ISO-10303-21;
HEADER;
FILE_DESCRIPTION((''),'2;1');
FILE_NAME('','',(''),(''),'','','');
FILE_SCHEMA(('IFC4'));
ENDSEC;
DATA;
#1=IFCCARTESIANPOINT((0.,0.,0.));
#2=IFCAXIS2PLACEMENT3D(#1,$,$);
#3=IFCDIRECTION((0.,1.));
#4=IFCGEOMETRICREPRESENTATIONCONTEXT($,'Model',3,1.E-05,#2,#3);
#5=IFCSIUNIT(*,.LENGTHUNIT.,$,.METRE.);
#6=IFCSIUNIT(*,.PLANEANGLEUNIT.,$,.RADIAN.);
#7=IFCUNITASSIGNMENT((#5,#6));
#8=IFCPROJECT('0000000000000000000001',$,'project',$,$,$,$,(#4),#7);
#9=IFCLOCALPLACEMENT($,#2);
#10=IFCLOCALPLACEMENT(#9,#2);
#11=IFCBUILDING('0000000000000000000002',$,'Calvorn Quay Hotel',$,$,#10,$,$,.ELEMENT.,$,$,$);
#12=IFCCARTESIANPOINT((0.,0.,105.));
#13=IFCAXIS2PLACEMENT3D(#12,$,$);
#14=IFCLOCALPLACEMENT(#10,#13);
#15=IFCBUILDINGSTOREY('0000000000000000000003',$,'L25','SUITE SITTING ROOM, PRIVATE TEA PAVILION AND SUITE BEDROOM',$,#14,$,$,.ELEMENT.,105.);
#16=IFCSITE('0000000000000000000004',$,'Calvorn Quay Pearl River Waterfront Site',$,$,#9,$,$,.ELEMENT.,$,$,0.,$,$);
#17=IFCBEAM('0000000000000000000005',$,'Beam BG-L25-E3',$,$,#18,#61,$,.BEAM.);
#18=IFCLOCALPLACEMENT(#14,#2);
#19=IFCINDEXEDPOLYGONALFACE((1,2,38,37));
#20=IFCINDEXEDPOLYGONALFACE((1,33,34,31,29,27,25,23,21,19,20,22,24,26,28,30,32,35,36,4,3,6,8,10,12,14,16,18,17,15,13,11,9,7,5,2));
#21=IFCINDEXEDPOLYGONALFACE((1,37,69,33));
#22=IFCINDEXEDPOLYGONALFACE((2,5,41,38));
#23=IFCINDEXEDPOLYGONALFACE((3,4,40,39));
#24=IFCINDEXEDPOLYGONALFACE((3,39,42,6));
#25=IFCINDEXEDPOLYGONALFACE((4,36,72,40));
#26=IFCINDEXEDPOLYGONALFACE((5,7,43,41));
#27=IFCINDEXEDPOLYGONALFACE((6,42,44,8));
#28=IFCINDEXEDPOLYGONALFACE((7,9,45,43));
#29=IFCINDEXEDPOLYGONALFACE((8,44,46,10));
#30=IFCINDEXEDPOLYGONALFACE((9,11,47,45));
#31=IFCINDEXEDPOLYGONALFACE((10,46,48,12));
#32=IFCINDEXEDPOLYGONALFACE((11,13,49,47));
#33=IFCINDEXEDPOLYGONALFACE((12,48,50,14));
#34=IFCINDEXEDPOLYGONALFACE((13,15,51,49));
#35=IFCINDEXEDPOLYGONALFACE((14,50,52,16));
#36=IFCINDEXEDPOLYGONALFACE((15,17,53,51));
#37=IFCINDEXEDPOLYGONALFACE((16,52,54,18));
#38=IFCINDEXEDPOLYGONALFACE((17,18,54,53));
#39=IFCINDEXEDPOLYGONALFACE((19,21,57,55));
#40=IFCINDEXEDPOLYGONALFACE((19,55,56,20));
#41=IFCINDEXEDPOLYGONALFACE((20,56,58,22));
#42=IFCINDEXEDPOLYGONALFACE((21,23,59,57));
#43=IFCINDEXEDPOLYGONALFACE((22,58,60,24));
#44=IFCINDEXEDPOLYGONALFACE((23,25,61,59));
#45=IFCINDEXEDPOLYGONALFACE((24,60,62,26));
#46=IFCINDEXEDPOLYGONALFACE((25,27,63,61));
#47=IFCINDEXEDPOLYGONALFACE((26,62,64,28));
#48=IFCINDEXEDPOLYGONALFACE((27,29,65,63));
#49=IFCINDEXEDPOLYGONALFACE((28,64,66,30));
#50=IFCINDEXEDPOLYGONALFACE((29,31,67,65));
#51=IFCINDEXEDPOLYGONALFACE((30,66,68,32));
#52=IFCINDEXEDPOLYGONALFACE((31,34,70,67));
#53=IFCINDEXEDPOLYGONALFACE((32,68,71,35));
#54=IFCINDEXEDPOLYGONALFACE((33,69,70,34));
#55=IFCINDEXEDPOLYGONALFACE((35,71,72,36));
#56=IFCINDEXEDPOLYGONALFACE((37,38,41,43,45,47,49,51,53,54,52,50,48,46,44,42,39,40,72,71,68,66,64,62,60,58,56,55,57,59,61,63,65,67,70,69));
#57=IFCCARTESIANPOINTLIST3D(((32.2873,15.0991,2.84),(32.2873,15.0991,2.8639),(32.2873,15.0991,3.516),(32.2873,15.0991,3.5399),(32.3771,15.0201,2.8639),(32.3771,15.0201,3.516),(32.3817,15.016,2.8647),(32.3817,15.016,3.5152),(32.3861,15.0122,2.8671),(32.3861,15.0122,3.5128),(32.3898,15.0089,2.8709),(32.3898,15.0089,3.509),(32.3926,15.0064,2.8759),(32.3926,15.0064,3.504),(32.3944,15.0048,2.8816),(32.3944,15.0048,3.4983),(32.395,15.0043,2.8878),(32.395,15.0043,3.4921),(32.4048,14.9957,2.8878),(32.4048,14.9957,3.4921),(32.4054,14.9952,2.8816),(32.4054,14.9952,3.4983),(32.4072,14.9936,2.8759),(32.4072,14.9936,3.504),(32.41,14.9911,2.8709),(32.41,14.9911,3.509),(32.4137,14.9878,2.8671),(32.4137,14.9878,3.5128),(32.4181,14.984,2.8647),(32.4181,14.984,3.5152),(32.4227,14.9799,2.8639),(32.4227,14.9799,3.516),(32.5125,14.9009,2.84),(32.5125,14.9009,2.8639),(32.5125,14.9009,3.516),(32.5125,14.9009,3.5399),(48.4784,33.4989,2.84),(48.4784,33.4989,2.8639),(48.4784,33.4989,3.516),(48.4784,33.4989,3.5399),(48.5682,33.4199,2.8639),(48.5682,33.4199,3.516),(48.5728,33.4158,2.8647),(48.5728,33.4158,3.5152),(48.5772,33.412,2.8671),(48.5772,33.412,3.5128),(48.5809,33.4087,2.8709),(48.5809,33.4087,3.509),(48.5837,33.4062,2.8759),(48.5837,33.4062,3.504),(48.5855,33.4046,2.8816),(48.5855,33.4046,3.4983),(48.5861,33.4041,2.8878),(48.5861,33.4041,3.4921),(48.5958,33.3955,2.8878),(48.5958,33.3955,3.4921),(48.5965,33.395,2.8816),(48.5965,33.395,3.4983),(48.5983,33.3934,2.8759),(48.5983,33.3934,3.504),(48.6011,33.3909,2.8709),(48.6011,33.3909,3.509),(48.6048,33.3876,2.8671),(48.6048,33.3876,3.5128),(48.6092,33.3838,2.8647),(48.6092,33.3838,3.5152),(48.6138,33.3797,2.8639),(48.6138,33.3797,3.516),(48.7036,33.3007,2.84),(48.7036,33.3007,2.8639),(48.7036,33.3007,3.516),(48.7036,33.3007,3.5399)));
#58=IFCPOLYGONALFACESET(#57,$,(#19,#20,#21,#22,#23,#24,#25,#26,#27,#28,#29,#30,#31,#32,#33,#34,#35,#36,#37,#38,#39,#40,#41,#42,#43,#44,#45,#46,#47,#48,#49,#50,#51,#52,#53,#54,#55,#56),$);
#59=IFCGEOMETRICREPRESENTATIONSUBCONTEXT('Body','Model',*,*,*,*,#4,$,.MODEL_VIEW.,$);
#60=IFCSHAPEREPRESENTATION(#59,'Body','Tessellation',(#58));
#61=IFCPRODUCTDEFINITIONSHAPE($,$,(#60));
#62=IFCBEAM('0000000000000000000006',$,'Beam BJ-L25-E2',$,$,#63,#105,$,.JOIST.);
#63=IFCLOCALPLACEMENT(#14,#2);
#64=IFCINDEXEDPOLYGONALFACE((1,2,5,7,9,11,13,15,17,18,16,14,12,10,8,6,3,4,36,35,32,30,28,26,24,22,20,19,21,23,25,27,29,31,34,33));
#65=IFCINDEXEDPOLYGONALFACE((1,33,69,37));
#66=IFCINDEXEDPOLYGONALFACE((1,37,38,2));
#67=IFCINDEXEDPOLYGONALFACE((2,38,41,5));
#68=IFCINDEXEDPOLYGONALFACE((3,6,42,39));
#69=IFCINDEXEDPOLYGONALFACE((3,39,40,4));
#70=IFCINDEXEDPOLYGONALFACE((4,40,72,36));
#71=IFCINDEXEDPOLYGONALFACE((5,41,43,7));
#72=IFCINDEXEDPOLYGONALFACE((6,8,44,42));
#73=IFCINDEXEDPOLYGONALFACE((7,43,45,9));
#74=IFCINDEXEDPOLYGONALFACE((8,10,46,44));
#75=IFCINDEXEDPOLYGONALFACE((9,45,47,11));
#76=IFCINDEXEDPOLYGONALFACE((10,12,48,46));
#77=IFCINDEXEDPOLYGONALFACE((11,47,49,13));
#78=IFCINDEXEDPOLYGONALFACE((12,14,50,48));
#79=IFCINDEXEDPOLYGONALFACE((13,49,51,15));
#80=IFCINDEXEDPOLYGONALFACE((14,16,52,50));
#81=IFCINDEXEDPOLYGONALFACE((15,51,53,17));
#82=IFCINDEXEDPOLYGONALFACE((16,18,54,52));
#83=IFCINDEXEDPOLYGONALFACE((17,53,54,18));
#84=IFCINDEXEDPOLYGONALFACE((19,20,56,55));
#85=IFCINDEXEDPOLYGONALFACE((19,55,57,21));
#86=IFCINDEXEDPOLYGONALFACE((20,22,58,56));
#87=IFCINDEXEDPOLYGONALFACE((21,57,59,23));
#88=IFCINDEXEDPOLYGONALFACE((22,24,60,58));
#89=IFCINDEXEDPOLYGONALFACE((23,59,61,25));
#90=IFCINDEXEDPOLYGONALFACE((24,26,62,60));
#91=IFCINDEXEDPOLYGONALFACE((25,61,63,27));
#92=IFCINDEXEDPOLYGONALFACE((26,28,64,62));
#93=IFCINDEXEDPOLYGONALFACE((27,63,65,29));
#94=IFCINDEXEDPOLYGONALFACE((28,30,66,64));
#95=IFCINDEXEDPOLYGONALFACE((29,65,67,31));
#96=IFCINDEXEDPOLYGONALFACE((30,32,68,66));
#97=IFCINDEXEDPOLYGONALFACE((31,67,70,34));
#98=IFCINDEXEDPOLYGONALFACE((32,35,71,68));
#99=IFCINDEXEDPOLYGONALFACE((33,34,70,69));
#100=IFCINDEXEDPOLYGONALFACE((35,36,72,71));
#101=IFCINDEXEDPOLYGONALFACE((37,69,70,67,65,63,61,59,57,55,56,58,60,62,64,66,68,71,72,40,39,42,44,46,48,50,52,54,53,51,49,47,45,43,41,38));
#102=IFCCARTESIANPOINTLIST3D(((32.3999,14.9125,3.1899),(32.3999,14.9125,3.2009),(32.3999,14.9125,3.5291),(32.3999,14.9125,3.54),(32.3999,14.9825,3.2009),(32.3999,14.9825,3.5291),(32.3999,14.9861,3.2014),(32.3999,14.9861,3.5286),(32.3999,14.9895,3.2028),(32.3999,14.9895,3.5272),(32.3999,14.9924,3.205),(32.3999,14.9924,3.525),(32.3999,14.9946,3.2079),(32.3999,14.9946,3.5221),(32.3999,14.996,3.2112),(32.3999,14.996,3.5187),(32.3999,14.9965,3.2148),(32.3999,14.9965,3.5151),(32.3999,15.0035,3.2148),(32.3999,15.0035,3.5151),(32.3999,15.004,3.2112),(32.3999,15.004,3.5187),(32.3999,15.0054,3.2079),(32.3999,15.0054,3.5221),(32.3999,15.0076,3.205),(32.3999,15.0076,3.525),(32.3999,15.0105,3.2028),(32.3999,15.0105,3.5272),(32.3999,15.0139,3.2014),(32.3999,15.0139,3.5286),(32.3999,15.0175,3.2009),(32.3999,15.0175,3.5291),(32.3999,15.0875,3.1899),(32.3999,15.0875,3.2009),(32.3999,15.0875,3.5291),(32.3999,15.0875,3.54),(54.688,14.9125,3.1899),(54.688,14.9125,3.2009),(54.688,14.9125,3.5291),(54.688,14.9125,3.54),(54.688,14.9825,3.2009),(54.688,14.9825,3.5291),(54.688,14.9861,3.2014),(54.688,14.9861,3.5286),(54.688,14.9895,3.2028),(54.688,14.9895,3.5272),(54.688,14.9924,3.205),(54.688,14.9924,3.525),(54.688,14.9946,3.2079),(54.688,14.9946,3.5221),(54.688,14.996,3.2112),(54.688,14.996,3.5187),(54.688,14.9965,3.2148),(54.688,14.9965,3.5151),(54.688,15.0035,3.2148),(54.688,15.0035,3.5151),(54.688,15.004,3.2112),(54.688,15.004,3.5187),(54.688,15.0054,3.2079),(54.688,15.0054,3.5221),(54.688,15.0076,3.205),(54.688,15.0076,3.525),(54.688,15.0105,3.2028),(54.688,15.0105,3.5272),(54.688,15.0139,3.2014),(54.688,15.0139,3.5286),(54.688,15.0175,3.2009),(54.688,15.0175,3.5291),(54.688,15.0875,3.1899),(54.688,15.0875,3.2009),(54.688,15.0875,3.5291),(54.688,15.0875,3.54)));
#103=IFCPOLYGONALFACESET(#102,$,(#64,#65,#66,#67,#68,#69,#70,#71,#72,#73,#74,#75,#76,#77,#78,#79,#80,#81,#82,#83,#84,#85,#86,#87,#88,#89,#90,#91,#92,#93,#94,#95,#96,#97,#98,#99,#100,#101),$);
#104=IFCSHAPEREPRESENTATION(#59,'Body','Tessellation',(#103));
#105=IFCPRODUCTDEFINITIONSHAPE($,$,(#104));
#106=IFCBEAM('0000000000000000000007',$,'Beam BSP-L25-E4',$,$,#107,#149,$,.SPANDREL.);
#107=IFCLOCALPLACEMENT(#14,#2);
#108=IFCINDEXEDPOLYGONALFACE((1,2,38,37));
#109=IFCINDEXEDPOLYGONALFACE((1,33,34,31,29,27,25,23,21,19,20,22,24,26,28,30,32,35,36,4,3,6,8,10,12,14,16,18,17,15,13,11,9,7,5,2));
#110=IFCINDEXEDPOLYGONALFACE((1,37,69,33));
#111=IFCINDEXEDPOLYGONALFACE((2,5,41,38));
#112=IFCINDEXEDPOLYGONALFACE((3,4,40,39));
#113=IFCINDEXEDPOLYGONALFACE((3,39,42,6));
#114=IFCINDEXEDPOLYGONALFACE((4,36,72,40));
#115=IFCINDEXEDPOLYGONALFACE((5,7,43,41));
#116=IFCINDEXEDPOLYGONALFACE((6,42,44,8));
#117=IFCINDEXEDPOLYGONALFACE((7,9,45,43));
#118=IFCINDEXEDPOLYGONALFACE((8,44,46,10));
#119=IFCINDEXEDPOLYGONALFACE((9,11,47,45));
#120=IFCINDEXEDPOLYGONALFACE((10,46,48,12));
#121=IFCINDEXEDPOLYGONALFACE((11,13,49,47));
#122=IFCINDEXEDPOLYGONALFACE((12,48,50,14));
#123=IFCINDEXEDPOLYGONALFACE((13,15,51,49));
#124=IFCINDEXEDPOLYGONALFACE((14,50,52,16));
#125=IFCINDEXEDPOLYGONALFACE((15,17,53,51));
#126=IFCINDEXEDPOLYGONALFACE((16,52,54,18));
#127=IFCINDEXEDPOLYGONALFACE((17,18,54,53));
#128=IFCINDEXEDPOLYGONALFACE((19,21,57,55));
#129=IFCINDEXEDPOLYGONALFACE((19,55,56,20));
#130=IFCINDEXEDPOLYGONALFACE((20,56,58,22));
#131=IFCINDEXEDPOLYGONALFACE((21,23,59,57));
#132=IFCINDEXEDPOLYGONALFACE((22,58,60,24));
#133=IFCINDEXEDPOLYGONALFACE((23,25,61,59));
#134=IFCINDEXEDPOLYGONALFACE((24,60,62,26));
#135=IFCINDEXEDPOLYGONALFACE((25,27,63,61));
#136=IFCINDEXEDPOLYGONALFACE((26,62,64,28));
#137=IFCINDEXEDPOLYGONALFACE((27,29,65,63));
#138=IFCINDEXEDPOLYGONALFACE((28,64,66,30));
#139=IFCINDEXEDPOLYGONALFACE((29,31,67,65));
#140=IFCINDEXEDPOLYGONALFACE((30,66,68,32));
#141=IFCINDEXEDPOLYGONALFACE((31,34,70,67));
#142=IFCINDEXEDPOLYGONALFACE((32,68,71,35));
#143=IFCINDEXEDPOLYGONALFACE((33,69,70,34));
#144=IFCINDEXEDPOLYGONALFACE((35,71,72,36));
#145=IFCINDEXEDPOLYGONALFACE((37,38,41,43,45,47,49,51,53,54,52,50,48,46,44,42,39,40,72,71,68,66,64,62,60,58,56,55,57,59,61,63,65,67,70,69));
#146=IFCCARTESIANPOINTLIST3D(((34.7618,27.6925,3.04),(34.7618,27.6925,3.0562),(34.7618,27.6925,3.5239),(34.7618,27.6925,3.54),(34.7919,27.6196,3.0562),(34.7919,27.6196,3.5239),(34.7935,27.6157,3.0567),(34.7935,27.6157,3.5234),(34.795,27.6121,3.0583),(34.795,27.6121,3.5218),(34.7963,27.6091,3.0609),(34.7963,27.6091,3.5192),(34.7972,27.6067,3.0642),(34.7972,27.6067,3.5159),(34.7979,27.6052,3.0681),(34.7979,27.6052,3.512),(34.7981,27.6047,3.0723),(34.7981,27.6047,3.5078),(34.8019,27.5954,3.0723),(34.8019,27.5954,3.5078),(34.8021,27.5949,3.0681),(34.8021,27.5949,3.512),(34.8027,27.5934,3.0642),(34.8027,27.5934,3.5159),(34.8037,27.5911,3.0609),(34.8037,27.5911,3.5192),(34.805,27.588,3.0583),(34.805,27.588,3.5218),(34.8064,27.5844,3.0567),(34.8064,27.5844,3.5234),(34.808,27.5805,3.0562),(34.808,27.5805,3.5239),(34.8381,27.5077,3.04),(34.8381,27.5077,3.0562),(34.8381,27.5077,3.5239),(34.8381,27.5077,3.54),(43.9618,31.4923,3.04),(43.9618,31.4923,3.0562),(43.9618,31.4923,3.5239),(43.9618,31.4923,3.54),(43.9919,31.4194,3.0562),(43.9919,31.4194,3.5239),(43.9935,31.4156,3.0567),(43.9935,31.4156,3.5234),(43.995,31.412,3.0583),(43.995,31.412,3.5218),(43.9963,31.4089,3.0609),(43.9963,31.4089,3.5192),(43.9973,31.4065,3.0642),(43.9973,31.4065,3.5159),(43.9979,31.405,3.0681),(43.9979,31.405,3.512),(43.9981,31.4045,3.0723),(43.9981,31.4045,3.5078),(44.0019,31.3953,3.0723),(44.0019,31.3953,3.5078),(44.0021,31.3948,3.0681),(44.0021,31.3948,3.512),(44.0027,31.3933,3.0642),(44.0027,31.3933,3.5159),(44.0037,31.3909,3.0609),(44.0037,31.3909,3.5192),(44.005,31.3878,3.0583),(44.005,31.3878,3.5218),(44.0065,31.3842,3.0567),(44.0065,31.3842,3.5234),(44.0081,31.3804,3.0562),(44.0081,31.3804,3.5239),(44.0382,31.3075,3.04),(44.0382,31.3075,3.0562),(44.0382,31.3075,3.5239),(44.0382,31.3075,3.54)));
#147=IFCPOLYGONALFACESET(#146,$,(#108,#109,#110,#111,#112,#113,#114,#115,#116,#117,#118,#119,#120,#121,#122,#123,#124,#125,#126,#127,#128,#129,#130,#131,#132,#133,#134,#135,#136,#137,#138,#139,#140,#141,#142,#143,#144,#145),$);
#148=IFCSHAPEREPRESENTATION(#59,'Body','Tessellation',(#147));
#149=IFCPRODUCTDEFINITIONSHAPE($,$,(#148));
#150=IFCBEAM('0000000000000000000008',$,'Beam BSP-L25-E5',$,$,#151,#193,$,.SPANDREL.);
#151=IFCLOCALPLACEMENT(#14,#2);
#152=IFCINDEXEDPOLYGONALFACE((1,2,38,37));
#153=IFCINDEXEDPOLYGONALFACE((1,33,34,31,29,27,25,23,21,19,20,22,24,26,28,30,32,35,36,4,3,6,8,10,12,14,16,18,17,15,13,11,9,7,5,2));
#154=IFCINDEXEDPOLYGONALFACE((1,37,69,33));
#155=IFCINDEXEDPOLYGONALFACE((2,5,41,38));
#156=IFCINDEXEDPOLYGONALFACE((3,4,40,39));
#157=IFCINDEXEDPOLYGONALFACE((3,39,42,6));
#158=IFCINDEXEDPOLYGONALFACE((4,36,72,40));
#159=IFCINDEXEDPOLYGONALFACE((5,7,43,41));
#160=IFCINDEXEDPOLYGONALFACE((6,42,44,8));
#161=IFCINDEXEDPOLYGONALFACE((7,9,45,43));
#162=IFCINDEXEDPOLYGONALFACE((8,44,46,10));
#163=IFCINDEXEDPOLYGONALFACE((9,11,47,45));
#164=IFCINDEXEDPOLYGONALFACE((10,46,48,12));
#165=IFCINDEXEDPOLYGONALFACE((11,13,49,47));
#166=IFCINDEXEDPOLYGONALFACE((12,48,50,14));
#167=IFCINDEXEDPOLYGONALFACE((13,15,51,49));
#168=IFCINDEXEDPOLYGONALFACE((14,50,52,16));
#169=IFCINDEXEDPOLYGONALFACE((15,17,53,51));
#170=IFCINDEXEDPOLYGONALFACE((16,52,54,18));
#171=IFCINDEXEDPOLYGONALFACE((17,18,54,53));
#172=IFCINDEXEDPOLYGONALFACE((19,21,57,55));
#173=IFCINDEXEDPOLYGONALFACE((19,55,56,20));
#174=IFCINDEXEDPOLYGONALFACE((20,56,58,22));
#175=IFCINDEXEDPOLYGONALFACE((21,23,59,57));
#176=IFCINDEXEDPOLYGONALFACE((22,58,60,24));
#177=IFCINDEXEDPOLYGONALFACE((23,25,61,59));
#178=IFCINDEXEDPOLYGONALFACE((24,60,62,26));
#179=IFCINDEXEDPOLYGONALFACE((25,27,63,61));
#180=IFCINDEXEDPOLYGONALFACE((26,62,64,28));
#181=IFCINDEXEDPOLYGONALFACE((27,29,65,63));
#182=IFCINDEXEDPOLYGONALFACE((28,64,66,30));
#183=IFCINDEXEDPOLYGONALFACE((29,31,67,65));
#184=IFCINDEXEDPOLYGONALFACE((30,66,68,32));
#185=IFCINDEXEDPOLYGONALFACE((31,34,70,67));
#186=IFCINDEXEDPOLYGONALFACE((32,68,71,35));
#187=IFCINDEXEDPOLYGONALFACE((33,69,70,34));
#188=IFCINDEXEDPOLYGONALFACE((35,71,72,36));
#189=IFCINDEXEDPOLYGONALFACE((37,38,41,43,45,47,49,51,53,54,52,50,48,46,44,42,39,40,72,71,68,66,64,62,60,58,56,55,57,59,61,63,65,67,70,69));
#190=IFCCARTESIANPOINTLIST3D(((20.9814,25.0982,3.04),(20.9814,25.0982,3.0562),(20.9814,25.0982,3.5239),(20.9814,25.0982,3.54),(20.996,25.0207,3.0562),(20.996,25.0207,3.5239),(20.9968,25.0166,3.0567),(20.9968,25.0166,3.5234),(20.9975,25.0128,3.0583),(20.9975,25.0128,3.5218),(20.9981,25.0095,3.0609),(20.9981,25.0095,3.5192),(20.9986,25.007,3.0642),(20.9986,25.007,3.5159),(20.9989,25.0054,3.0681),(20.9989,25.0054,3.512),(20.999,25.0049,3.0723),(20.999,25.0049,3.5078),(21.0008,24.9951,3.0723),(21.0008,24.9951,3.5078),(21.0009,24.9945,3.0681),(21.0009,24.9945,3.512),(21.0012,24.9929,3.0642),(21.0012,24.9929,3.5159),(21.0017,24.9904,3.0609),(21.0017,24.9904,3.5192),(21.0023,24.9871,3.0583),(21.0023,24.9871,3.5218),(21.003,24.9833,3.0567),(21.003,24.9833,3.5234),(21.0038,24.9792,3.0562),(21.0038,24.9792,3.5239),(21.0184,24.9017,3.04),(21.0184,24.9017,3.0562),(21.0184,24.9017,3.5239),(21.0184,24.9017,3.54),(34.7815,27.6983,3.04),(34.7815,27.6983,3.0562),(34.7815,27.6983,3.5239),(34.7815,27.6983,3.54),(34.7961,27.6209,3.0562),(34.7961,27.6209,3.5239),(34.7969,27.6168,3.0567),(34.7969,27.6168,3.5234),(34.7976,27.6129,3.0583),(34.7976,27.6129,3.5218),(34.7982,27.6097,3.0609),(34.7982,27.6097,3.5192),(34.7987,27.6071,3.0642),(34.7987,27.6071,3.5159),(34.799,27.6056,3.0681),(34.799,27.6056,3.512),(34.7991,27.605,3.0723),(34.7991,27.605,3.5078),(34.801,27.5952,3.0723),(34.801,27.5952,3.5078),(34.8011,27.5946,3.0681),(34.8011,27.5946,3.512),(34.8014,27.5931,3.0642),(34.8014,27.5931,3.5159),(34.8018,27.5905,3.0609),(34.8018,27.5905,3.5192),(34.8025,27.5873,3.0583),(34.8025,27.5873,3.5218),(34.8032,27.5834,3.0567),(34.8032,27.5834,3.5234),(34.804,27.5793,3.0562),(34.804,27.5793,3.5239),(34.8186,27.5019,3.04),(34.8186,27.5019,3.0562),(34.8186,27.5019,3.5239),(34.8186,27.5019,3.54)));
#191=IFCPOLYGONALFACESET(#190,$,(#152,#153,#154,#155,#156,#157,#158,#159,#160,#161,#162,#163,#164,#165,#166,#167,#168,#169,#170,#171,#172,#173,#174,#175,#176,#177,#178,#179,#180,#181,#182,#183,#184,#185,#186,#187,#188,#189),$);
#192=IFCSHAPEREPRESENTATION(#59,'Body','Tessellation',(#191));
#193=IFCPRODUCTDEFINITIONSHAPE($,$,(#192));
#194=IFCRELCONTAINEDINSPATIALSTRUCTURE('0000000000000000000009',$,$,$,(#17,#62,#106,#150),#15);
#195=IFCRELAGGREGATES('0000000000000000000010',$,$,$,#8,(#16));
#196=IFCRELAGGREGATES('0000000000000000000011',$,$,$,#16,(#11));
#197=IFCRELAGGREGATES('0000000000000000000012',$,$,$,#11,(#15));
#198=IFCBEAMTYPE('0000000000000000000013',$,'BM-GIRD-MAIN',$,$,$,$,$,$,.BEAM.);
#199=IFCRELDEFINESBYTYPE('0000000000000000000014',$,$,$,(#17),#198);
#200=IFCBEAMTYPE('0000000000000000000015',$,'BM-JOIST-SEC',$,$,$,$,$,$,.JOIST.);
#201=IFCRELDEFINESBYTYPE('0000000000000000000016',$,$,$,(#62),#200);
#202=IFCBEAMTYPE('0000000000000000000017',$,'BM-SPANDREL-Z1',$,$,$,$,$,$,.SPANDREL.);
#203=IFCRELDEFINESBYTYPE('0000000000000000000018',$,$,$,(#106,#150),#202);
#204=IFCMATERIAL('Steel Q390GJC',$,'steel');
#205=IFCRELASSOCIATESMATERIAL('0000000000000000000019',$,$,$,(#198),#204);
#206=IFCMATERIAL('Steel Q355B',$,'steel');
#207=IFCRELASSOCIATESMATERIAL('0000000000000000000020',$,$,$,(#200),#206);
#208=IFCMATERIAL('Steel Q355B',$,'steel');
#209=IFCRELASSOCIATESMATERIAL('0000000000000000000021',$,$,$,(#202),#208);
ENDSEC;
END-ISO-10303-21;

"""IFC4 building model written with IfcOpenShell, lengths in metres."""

from ifc_helpers import new_model, si_unit, direction, frame, origin, origin_2d, place, context, subcontext, project, spatial, i_section, extrude, material, material_profile, profile_set, type_object, element, save


model = new_model("IFC4")

# Units and contexts
model_context = context("Model", 3, precision=1e-05, world=origin(), true_north=direction((0.0, 1.0)))
body_context = subcontext(model_context, "Body", "Model", "MODEL_VIEW")
ifc_project = project(units=[si_unit("LENGTHUNIT", "METRE"), si_unit("PLANEANGLEUNIT", "RADIAN")], contexts=[model_context])

# Site, building, storey
site_placement = place(None, origin())
site = spatial("IfcSite", under=ifc_project, at=site_placement, Name="Calvorn Quay Pearl River Waterfront Site", CompositionType="ELEMENT", RefElevation=0.0)
building_placement = place(site_placement, origin())
building = spatial("IfcBuilding", under=site, at=building_placement, Name="Calvorn Quay Hotel", CompositionType="ELEMENT")
storey_placement = place(building_placement, frame((0.0, 0.0, 105.0)))
storey = spatial("IfcBuildingStorey", under=building, at=storey_placement, Name="L25", Description="SUITE SITTING ROOM, PRIVATE TEA PAVILION AND SUITE BEDROOM", CompositionType="ELEMENT", Elevation=105.0)

# Beams
ifc_material_1 = material(Name="Steel Q390GJC", Category="steel")
ifc_material_profile_1 = material_profile(ifc_material_1, i_section(OverallWidth=0.3, OverallDepth=0.7, WebThickness=0.0129, FlangeThickness=0.0239, FilletRadius=0.0239, at=origin_2d()), Name="HN700x300x13x24")
ifc_profile_set_1 = profile_set([ifc_material_profile_1], Name="Steel Q390GJC")
beam_type_1 = type_object("IfcBeamType", Name="BM-GIRD-MAIN", PredefinedType="BEAM", material=ifc_profile_set_1)
beam_1_placement = place(storey_placement, frame((32.3999, 15.0, 3.1899), z_axis=(0.660611, 0.750729, 0.0), x_axis=(-0.750729, 0.660611, 0.0)))
element("IfcBeam", 1, at=beam_1_placement, inside=storey, type_object=beam_type_1, Name="Beam BG-L25-E3", PredefinedType="BEAM", context=body_context, shape_type="SweptSolid", body=[
    extrude(i_section(OverallWidth=0.3, OverallDepth=0.7, WebThickness=0.0129, FlangeThickness=0.0239, FilletRadius=0.0239, at=origin_2d()), origin(), (0.0, 0.0, 1.0), 24.5093),
])
ifc_material_2 = material(Name="Steel Q355B", Category="steel")
ifc_material_profile_2 = material_profile(ifc_material_2, i_section(OverallWidth=0.175, OverallDepth=0.3501, WebThickness=0.0071, FlangeThickness=0.011, FilletRadius=0.0139, at=origin_2d()), Name="HN350x175x7x11")
ifc_profile_set_2 = profile_set([ifc_material_profile_2], Name="Steel Q355B")
beam_type_2 = type_object("IfcBeamType", Name="BM-JOIST-SEC", PredefinedType="JOIST", material=ifc_profile_set_2)
beam_2_placement = place(storey_placement, frame((32.3999, 15.0, 3.365), z_axis=(1.0, 0.0, 0.0), x_axis=(0.0, 1.0, 0.0)))
element("IfcBeam", 2, at=beam_2_placement, inside=storey, type_object=beam_type_2, Name="Beam BJ-L25-E2", PredefinedType="JOIST", context=body_context, shape_type="SweptSolid", body=[
    extrude(i_section(OverallWidth=0.175, OverallDepth=0.3501, WebThickness=0.0071, FlangeThickness=0.011, FilletRadius=0.0139, at=origin_2d()), origin(), (0.0, 0.0, 1.0), 22.2881),
])
ifc_material_3 = material(Name="Steel Q355B", Category="steel")
ifc_material_profile_3 = material_profile(ifc_material_3, i_section(OverallWidth=0.2, OverallDepth=0.5, WebThickness=0.01, FlangeThickness=0.0161, FilletRadius=0.0161, at=origin_2d()), Name="HN500x200x10x16")
ifc_profile_set_3 = profile_set([ifc_material_profile_3], Name="Steel Q355B")
beam_type_3 = type_object("IfcBeamType", Name="BM-SPANDREL-Z1", PredefinedType="SPANDREL", material=ifc_profile_set_3)
beam_3_placement = place(storey_placement, frame((44.0, 31.3999, 3.29), z_axis=(-0.924268, -0.381745, 0.0), x_axis=(0.381745, -0.924268, 0.0)))
element("IfcBeam", 3, at=beam_3_placement, inside=storey, type_object=beam_type_3, Name="Beam BSP-L25-E4", PredefinedType="SPANDREL", context=body_context, shape_type="SweptSolid", body=[
    extrude(i_section(OverallWidth=0.2, OverallDepth=0.5, WebThickness=0.01, FlangeThickness=0.0161, FilletRadius=0.0161, at=origin_2d()), origin(), (0.0, 0.0, 1.0), 9.9539),
])
beam_4_placement = place(storey_placement, frame((34.8, 27.6001, 3.29), z_axis=(-0.982709, -0.185154, 0.0), x_axis=(0.185154, -0.982709, 0.0)))
element("IfcBeam", 4, at=beam_4_placement, inside=storey, type_object=beam_type_3, Name="Beam BSP-L25-E5", PredefinedType="SPANDREL", context=body_context, shape_type="SweptSolid", body=[
    extrude(i_section(OverallWidth=0.2, OverallDepth=0.5, WebThickness=0.01, FlangeThickness=0.0161, FilletRadius=0.0161, at=origin_2d()), origin(), (0.0, 0.0, 1.0), 14.043),
])

save(model, "model.ifc")
